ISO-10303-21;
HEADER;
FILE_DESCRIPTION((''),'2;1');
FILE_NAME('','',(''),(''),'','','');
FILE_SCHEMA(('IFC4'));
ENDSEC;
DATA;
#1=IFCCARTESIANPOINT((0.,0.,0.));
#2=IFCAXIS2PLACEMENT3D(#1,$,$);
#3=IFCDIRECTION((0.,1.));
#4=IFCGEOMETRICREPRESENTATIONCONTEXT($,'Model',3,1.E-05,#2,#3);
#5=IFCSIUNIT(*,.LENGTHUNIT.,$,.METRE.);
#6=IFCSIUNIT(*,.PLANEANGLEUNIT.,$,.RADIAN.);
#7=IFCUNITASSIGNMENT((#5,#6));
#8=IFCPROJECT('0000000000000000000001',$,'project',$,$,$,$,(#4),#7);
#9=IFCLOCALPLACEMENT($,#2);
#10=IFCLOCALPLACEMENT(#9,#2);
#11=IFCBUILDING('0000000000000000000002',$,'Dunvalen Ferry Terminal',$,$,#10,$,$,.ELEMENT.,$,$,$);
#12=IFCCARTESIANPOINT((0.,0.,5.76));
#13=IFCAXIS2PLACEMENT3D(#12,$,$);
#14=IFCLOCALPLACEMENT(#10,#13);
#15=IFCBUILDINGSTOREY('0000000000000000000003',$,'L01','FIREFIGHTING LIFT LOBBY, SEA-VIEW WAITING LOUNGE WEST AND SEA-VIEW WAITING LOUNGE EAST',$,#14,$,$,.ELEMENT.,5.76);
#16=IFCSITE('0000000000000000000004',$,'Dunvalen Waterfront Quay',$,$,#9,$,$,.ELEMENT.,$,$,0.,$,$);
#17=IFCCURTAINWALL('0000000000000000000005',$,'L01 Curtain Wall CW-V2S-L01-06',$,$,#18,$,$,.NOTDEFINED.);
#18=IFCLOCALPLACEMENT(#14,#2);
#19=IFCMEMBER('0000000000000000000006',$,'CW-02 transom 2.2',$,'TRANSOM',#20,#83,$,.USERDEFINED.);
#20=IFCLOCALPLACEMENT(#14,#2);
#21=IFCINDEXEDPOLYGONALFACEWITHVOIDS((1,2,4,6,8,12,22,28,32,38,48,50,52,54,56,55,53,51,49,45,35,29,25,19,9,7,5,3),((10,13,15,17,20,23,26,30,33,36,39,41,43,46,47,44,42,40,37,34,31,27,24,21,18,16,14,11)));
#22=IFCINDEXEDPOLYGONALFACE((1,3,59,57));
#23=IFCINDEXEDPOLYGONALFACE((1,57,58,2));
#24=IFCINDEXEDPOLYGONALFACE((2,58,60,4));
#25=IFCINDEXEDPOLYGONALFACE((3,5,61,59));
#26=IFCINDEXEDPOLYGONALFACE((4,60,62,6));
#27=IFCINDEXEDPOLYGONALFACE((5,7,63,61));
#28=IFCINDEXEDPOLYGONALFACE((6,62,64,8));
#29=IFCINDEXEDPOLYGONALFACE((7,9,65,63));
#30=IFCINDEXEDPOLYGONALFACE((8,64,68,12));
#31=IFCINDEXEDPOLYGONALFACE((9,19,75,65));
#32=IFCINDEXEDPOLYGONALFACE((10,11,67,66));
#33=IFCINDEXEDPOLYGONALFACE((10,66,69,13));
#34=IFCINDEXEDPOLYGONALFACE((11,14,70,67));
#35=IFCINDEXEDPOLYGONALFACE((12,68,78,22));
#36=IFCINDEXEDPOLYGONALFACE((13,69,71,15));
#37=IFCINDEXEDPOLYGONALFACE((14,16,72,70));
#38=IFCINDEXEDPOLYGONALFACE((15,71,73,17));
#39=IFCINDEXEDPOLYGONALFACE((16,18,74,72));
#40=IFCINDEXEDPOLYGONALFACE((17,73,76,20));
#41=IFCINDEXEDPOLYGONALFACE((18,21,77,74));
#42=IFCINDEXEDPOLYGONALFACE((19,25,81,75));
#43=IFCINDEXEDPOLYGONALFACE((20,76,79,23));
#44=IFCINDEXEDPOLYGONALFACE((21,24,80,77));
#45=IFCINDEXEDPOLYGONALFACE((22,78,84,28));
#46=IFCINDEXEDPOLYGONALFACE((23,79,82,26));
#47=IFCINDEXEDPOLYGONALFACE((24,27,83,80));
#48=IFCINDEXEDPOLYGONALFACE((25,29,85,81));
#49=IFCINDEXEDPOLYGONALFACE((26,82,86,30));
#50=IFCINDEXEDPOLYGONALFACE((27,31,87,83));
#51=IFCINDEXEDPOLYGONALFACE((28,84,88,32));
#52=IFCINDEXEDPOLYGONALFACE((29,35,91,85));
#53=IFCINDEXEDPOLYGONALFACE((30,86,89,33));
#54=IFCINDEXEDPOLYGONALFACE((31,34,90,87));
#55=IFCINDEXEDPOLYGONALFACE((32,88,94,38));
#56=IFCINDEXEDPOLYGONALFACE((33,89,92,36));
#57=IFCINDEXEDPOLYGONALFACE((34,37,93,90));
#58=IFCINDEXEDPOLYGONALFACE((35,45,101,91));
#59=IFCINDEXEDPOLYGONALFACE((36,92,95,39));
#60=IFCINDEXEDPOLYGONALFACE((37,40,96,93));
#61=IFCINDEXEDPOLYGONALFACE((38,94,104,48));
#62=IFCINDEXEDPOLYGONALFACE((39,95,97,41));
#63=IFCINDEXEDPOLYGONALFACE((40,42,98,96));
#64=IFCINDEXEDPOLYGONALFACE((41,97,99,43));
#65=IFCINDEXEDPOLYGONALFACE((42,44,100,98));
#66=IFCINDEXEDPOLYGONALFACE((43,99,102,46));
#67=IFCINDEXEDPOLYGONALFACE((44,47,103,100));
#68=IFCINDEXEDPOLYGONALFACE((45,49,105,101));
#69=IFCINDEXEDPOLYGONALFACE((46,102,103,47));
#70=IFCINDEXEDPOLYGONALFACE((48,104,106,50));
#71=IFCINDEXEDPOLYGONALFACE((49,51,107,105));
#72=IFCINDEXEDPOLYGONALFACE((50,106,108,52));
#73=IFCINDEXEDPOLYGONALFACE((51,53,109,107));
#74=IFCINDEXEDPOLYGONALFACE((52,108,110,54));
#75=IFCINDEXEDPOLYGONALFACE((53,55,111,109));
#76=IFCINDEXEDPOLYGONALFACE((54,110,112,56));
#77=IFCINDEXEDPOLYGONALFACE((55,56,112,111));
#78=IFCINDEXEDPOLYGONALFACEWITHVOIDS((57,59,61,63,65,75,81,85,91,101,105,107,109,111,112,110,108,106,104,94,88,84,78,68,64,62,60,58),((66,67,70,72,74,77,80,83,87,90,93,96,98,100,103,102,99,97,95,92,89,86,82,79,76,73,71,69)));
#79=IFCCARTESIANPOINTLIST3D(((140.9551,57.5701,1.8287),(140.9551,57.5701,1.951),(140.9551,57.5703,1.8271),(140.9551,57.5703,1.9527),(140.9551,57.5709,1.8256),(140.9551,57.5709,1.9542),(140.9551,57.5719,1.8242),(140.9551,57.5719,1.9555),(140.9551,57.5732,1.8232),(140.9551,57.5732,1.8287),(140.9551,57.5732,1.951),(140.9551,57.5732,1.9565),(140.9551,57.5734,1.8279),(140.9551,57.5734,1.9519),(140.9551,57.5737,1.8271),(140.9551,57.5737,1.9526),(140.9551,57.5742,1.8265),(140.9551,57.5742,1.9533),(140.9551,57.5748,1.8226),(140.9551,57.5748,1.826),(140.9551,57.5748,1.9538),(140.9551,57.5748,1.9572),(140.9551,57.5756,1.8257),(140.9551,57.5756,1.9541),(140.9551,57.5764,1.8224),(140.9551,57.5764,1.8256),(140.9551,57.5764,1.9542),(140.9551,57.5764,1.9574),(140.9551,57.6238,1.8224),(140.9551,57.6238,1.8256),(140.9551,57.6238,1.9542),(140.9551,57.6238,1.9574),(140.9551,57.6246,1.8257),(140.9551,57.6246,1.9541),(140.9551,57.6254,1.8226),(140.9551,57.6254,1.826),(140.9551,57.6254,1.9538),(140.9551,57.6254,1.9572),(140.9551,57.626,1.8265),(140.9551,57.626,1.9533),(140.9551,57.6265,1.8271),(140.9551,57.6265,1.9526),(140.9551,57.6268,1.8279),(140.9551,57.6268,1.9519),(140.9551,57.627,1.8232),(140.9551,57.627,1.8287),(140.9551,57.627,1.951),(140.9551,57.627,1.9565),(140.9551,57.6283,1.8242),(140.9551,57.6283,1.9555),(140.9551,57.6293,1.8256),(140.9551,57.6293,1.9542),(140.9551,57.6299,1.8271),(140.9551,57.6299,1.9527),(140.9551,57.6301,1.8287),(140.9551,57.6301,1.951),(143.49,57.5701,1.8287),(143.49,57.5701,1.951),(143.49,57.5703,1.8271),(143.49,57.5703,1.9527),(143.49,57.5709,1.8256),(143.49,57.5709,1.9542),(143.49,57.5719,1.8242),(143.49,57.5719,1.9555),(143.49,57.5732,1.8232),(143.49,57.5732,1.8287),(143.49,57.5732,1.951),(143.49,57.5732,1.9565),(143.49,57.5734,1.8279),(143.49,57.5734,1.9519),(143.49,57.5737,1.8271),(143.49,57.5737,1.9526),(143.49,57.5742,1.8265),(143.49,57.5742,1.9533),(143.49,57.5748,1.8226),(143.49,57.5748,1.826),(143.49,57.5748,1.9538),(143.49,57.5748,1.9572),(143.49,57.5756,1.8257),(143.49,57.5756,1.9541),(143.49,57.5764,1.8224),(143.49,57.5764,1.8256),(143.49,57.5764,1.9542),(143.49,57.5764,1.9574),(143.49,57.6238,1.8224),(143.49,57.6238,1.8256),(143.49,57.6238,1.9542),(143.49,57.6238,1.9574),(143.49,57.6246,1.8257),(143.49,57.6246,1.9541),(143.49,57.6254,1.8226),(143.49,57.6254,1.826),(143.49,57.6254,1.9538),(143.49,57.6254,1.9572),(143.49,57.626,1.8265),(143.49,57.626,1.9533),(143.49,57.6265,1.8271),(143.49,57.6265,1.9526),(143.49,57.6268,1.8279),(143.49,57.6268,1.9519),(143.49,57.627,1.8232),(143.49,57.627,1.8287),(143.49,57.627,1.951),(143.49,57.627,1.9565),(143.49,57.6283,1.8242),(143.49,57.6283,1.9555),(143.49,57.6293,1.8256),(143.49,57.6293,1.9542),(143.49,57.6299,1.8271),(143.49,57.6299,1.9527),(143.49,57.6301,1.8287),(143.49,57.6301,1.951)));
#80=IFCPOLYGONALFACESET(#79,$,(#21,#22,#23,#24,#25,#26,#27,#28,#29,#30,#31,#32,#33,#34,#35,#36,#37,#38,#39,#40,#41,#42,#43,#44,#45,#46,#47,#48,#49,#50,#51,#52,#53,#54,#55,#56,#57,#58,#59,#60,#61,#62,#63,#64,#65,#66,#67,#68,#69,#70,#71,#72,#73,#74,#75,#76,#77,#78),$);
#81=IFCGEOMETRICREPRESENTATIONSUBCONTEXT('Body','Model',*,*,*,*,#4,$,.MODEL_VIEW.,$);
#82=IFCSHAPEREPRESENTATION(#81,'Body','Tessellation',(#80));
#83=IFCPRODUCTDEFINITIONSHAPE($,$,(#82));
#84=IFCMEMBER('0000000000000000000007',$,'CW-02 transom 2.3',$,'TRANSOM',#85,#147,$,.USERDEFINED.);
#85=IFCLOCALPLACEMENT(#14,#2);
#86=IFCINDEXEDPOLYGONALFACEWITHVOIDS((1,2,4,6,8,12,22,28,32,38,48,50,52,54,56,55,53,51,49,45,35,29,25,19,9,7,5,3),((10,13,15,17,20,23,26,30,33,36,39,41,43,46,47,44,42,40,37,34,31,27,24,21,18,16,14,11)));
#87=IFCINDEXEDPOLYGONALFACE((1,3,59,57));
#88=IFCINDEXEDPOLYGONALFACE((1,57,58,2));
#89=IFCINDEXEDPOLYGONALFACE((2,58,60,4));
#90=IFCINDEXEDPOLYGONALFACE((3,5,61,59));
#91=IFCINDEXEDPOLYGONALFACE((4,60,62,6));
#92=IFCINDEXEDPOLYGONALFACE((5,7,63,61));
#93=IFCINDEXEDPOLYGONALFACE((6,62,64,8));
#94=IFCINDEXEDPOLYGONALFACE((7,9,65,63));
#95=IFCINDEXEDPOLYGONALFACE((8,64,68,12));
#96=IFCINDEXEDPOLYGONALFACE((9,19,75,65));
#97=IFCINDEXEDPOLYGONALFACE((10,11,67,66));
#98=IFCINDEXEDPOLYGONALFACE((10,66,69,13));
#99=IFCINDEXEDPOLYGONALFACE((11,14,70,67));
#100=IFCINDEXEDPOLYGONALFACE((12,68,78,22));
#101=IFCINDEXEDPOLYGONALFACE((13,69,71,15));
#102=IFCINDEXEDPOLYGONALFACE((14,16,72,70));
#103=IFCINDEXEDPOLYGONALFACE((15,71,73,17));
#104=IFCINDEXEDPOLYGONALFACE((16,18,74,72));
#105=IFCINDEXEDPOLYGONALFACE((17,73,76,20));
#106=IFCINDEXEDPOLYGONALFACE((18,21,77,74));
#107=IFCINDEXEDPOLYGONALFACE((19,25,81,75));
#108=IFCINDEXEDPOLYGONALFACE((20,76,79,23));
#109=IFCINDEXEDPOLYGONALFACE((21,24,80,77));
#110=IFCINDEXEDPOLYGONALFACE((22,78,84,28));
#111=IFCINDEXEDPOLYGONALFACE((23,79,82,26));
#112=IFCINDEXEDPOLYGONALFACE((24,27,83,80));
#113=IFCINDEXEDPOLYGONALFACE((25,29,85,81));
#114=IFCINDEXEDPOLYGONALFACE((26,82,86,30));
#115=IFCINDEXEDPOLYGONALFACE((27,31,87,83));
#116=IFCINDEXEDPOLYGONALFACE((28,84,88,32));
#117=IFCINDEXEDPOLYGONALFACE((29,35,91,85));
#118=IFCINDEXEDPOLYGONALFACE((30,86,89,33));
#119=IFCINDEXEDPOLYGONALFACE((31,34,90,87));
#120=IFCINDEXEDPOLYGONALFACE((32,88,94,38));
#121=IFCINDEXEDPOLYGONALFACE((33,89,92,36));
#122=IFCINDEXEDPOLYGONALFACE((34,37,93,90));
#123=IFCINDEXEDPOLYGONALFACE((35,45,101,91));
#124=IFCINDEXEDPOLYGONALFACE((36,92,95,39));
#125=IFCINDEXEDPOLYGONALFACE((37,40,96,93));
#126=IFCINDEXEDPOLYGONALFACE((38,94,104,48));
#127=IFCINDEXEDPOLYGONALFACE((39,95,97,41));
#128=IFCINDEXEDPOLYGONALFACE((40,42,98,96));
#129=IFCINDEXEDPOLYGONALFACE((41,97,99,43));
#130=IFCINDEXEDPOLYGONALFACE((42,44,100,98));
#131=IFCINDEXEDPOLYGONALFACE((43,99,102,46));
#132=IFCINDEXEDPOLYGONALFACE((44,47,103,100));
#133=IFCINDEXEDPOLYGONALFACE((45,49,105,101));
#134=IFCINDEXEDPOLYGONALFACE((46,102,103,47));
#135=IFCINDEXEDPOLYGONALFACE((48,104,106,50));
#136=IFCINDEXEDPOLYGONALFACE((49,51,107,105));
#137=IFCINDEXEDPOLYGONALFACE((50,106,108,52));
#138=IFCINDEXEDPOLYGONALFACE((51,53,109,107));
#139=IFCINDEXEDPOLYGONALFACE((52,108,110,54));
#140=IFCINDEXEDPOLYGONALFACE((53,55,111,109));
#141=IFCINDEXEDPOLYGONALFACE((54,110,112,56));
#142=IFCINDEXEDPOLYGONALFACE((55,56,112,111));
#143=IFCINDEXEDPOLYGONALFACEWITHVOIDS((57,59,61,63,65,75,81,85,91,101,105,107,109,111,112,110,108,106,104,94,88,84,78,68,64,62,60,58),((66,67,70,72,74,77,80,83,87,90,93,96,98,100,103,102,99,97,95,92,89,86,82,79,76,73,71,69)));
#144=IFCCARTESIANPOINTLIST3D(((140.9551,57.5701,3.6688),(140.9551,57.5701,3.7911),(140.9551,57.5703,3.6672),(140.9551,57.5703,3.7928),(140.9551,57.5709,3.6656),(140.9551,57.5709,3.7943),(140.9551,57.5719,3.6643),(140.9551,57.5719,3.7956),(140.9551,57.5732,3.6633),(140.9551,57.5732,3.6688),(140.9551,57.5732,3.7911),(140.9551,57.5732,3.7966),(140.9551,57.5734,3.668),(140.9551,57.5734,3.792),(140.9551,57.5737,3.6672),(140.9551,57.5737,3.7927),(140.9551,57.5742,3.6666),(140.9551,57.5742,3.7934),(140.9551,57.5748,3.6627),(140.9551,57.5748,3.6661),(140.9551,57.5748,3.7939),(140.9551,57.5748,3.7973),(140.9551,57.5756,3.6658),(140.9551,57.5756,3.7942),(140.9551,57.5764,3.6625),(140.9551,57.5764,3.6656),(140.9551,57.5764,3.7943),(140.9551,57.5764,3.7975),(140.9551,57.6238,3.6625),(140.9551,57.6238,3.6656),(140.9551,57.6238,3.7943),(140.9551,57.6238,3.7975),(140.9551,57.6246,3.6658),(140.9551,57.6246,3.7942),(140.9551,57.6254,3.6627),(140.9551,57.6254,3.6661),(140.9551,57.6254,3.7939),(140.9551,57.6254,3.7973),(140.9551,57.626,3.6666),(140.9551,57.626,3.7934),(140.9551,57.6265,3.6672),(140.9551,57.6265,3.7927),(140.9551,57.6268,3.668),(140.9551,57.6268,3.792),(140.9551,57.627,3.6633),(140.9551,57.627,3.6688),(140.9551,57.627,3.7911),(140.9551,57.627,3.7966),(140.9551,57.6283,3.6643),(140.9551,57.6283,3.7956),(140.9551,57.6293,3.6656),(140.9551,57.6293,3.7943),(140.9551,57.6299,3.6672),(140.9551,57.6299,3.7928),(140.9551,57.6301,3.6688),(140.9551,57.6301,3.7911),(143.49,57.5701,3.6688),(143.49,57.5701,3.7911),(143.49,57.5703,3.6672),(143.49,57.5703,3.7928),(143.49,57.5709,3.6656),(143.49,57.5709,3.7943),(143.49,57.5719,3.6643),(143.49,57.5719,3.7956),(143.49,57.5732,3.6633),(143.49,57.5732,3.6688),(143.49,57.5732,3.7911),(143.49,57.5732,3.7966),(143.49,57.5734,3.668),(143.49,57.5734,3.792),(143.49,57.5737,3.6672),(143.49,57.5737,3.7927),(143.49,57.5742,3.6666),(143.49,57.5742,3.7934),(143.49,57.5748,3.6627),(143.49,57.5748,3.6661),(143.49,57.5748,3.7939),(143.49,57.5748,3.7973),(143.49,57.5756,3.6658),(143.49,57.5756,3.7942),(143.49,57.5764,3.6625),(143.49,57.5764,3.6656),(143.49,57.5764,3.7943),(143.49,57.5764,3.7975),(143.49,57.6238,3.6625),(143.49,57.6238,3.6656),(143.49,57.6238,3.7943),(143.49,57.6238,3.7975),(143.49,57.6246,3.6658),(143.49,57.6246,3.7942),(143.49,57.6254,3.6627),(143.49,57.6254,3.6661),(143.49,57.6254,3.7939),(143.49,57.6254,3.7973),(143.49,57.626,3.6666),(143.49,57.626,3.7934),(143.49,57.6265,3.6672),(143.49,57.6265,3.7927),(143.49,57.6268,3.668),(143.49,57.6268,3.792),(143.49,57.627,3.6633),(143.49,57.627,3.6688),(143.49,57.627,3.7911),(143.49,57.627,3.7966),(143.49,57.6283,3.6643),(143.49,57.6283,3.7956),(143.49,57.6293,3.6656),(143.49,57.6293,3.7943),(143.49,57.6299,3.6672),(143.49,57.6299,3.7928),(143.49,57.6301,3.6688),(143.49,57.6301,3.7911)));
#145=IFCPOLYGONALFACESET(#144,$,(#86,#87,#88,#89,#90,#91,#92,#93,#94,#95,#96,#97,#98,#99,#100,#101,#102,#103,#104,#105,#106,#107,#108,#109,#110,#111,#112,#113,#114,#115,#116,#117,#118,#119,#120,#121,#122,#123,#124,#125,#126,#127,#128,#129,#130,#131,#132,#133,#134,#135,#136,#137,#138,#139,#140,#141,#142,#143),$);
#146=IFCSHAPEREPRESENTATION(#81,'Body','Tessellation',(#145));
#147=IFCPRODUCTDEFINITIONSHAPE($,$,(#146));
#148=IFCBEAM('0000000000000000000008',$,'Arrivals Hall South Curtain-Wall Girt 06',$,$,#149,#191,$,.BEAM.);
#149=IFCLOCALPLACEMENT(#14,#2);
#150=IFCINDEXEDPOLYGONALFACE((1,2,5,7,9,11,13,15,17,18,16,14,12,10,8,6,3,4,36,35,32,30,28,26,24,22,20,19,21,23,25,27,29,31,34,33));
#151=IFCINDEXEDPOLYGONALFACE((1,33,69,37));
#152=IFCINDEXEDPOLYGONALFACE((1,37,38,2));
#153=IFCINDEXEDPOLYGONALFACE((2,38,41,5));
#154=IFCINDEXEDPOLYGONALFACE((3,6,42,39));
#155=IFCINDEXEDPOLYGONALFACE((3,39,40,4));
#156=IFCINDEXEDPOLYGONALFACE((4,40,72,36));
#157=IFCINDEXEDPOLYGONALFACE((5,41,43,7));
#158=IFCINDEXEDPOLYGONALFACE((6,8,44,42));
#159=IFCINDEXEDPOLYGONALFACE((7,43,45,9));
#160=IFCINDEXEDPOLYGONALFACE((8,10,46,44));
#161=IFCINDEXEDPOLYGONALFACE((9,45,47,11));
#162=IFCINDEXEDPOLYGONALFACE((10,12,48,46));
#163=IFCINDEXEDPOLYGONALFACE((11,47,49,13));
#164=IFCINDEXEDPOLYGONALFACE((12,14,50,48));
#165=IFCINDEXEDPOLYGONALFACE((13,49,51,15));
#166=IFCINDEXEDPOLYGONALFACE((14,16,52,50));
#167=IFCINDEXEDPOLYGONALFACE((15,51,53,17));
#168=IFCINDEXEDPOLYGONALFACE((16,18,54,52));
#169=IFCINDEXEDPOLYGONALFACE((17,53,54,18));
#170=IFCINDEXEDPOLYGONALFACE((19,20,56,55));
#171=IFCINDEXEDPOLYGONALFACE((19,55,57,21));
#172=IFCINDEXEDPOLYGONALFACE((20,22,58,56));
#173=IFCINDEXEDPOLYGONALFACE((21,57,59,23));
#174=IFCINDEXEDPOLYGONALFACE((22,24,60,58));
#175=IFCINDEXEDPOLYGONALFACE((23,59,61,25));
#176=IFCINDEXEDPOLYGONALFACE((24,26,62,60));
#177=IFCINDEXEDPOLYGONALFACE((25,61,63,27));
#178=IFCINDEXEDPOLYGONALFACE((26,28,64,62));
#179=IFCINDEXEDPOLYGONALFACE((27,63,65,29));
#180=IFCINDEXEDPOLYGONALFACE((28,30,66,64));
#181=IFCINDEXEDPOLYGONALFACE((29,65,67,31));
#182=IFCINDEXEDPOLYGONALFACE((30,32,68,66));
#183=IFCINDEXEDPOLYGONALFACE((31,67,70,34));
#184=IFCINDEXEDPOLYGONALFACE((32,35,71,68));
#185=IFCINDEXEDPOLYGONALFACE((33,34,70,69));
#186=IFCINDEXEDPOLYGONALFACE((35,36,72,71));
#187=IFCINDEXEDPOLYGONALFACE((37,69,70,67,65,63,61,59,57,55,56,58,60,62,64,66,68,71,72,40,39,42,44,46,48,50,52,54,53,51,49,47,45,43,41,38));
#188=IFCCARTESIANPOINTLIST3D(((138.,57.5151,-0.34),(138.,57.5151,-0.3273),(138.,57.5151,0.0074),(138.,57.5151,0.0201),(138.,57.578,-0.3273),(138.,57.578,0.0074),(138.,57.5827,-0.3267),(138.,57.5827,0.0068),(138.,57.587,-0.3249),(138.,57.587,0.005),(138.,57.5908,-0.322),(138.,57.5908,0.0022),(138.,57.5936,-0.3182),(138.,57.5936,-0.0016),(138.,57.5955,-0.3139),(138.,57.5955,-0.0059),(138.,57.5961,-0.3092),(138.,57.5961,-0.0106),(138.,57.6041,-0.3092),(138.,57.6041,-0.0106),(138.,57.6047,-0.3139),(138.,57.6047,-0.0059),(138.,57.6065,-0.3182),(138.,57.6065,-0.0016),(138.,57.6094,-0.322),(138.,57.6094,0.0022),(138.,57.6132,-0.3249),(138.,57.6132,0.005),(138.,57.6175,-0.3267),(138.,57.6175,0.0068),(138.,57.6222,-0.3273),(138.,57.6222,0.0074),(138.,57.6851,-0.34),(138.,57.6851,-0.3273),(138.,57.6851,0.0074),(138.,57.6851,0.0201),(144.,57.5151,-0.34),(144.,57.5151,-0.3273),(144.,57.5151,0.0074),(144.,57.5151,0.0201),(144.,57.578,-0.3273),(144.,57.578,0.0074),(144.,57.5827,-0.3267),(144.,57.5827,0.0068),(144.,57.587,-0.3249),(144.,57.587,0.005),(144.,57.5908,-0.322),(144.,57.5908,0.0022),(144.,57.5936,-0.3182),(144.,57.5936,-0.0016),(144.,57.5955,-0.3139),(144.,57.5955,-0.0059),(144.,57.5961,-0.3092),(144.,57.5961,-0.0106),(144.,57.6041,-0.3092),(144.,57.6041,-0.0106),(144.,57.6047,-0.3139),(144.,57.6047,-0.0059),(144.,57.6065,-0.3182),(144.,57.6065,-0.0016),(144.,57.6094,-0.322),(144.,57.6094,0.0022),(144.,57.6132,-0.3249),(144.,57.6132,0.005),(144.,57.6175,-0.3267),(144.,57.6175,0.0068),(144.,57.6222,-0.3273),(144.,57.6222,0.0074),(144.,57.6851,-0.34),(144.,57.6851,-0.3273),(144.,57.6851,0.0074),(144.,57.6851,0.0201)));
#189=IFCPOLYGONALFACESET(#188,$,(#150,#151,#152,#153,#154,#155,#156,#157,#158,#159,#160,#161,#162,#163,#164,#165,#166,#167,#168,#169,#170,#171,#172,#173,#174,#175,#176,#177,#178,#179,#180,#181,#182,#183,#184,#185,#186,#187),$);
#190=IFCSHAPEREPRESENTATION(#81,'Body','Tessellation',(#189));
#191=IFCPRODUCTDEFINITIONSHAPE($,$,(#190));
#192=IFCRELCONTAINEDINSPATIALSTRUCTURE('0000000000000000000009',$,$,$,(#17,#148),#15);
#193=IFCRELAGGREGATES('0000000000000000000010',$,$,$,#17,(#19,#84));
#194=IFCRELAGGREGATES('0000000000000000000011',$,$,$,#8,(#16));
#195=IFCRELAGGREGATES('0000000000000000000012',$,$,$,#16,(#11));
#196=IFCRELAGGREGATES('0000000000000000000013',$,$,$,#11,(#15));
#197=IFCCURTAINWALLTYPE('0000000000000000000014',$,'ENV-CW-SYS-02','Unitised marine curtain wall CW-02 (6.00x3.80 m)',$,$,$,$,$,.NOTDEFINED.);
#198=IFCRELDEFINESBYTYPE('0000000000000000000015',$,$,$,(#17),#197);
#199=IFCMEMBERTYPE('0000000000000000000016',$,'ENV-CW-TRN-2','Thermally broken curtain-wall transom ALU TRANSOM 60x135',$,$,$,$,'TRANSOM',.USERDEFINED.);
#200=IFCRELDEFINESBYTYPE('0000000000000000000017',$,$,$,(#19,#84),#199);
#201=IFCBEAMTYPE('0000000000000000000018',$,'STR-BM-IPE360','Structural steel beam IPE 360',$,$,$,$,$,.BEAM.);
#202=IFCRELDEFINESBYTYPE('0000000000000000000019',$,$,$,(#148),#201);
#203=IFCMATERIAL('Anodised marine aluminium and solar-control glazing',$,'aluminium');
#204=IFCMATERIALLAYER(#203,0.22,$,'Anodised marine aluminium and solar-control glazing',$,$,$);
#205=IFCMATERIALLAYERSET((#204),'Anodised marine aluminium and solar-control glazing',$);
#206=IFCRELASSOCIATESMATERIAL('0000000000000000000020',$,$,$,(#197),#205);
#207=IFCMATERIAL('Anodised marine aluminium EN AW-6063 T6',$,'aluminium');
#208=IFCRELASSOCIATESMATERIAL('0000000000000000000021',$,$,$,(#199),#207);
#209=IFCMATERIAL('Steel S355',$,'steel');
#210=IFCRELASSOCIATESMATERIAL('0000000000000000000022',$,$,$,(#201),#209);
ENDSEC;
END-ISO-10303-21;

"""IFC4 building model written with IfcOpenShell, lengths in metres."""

from ifc_helpers import new_model, si_unit, direction, frame, origin, origin_2d, place, context, subcontext, project, spatial, hollow_rectangle, i_section, extrude, material, layer, layer_set, material_profile, profile_set, type_object, element, aggregate, save


model = new_model("IFC4")

# Units and contexts
model_context = context("Model", 3, precision=1e-05, world=origin(), true_north=direction((0.0, 1.0)))
body_context = subcontext(model_context, "Body", "Model", "MODEL_VIEW")
ifc_project = project(units=[si_unit("LENGTHUNIT", "METRE"), si_unit("PLANEANGLEUNIT", "RADIAN")], contexts=[model_context])

# Site, building, storey
site_placement = place(None, origin())
site = spatial("IfcSite", under=ifc_project, at=site_placement, Name="Dunvalen Waterfront Quay", CompositionType="ELEMENT", RefElevation=0.0)
building_placement = place(site_placement, origin())
building = spatial("IfcBuilding", under=site, at=building_placement, Name="Dunvalen Ferry Terminal", CompositionType="ELEMENT")
storey_placement = place(building_placement, frame((0.0, 0.0, 5.76)))
storey = spatial("IfcBuildingStorey", under=building, at=storey_placement, Name="L01", Description="FIREFIGHTING LIFT LOBBY, SEA-VIEW WAITING LOUNGE WEST AND SEA-VIEW WAITING LOUNGE EAST", CompositionType="ELEMENT", Elevation=5.76)

# Shared definitions
ifc_material_1 = material(Name="Anodised marine aluminium and solar-control glazing", Category="aluminium")
ifc_layer_1 = layer(ifc_material_1, 0.22, Name="Anodised marine aluminium and solar-control glazing")
ifc_layer_set_1 = layer_set([ifc_layer_1], Name="Anodised marine aluminium and solar-control glazing")
curtain_wall_type = type_object("IfcCurtainWallType", Name="ENV-CW-SYS-02", Description="Unitised marine curtain wall CW-02 (6.00x3.80 m)", PredefinedType="NOTDEFINED", material=ifc_layer_set_1)
ifc_material_2 = material(Name="Anodised marine aluminium EN AW-6063 T6", Category="aluminium")

# Curtain wall
curtain_wall_1_placement = place(storey_placement, origin())
curtain_wall_1 = element("IfcCurtainWall", 1, at=curtain_wall_1_placement, inside=storey, type_object=curtain_wall_type, Name="L01 Curtain Wall CW-V2S-L01-06", PredefinedType="NOTDEFINED")

# Members
ifc_material_profile_1 = material_profile(ifc_material_2, hollow_rectangle(XDim=0.0601, YDim=0.135, WallThickness=0.0032, InnerFilletRadius=0.0032, OuterFilletRadius=0.0063, at=origin_2d()), Name="Anodised marine aluminium EN AW-6063 T6")
ifc_profile_set_1 = profile_set([ifc_material_profile_1], Name="Anodised marine aluminium EN AW-6063 T6")
member_type_1 = type_object("IfcMemberType", Name="ENV-CW-TRN-2", Description="Thermally broken curtain-wall transom ALU TRANSOM 60x135", ElementType="TRANSOM", PredefinedType="USERDEFINED", material=ifc_profile_set_1)
member_1_placement = place(storey_placement, frame((140.9551, 57.6001, 1.8899), z_axis=(1.0, 0.0, 0.0), x_axis=(0.0, 1.0, 0.0)))
member_1 = element("IfcMember", 2, at=member_1_placement, type_object=member_type_1, Name="CW-02 transom 2.2", ObjectType="TRANSOM", PredefinedType="USERDEFINED", context=body_context, shape_type="SweptSolid", body=[
    extrude(hollow_rectangle(XDim=0.0601, YDim=0.135, WallThickness=0.0032, InnerFilletRadius=0.0032, OuterFilletRadius=0.0063, at=origin_2d()), origin(), (0.0, 0.0, 1.0), 2.5349),
])
member_2_placement = place(storey_placement, frame((140.9551, 57.6001, 3.73), z_axis=(1.0, 0.0, 0.0), x_axis=(0.0, 1.0, 0.0)))
member_2 = element("IfcMember", 3, at=member_2_placement, type_object=member_type_1, Name="CW-02 transom 2.3", ObjectType="TRANSOM", PredefinedType="USERDEFINED", context=body_context, shape_type="SweptSolid", body=[
    extrude(hollow_rectangle(XDim=0.0601, YDim=0.135, WallThickness=0.0032, InnerFilletRadius=0.0032, OuterFilletRadius=0.0063, at=origin_2d()), origin(), (0.0, 0.0, 1.0), 2.5349),
])

# Beam
ifc_material_3 = material(Name="Steel S355", Category="steel")
ifc_material_profile_2 = material_profile(ifc_material_3, i_section(OverallWidth=0.1699, OverallDepth=0.3601, WebThickness=0.0081, FlangeThickness=0.0127, FilletRadius=0.0181, at=origin_2d()), Name="Steel S355")
ifc_profile_set_2 = profile_set([ifc_material_profile_2], Name="Steel S355")
beam_type = type_object("IfcBeamType", Name="STR-BM-IPE360", Description="Structural steel beam IPE 360", PredefinedType="BEAM", material=ifc_profile_set_2)
beam_placement = place(storey_placement, frame((138.0, 57.6001, -0.1599), z_axis=(1.0, 0.0, 0.0), x_axis=(0.0, 1.0, 0.0)))
element("IfcBeam", 4, at=beam_placement, inside=storey, type_object=beam_type, Name="Arrivals Hall South Curtain-Wall Girt 06", PredefinedType="BEAM", context=body_context, shape_type="SweptSolid", body=[
    extrude(i_section(OverallWidth=0.1699, OverallDepth=0.3601, WebThickness=0.0081, FlangeThickness=0.0127, FilletRadius=0.0181, at=origin_2d()), origin(), (0.0, 0.0, 1.0), 6.0),
])

aggregate(curtain_wall_1, [member_1, member_2])

save(model, "model.ifc")
